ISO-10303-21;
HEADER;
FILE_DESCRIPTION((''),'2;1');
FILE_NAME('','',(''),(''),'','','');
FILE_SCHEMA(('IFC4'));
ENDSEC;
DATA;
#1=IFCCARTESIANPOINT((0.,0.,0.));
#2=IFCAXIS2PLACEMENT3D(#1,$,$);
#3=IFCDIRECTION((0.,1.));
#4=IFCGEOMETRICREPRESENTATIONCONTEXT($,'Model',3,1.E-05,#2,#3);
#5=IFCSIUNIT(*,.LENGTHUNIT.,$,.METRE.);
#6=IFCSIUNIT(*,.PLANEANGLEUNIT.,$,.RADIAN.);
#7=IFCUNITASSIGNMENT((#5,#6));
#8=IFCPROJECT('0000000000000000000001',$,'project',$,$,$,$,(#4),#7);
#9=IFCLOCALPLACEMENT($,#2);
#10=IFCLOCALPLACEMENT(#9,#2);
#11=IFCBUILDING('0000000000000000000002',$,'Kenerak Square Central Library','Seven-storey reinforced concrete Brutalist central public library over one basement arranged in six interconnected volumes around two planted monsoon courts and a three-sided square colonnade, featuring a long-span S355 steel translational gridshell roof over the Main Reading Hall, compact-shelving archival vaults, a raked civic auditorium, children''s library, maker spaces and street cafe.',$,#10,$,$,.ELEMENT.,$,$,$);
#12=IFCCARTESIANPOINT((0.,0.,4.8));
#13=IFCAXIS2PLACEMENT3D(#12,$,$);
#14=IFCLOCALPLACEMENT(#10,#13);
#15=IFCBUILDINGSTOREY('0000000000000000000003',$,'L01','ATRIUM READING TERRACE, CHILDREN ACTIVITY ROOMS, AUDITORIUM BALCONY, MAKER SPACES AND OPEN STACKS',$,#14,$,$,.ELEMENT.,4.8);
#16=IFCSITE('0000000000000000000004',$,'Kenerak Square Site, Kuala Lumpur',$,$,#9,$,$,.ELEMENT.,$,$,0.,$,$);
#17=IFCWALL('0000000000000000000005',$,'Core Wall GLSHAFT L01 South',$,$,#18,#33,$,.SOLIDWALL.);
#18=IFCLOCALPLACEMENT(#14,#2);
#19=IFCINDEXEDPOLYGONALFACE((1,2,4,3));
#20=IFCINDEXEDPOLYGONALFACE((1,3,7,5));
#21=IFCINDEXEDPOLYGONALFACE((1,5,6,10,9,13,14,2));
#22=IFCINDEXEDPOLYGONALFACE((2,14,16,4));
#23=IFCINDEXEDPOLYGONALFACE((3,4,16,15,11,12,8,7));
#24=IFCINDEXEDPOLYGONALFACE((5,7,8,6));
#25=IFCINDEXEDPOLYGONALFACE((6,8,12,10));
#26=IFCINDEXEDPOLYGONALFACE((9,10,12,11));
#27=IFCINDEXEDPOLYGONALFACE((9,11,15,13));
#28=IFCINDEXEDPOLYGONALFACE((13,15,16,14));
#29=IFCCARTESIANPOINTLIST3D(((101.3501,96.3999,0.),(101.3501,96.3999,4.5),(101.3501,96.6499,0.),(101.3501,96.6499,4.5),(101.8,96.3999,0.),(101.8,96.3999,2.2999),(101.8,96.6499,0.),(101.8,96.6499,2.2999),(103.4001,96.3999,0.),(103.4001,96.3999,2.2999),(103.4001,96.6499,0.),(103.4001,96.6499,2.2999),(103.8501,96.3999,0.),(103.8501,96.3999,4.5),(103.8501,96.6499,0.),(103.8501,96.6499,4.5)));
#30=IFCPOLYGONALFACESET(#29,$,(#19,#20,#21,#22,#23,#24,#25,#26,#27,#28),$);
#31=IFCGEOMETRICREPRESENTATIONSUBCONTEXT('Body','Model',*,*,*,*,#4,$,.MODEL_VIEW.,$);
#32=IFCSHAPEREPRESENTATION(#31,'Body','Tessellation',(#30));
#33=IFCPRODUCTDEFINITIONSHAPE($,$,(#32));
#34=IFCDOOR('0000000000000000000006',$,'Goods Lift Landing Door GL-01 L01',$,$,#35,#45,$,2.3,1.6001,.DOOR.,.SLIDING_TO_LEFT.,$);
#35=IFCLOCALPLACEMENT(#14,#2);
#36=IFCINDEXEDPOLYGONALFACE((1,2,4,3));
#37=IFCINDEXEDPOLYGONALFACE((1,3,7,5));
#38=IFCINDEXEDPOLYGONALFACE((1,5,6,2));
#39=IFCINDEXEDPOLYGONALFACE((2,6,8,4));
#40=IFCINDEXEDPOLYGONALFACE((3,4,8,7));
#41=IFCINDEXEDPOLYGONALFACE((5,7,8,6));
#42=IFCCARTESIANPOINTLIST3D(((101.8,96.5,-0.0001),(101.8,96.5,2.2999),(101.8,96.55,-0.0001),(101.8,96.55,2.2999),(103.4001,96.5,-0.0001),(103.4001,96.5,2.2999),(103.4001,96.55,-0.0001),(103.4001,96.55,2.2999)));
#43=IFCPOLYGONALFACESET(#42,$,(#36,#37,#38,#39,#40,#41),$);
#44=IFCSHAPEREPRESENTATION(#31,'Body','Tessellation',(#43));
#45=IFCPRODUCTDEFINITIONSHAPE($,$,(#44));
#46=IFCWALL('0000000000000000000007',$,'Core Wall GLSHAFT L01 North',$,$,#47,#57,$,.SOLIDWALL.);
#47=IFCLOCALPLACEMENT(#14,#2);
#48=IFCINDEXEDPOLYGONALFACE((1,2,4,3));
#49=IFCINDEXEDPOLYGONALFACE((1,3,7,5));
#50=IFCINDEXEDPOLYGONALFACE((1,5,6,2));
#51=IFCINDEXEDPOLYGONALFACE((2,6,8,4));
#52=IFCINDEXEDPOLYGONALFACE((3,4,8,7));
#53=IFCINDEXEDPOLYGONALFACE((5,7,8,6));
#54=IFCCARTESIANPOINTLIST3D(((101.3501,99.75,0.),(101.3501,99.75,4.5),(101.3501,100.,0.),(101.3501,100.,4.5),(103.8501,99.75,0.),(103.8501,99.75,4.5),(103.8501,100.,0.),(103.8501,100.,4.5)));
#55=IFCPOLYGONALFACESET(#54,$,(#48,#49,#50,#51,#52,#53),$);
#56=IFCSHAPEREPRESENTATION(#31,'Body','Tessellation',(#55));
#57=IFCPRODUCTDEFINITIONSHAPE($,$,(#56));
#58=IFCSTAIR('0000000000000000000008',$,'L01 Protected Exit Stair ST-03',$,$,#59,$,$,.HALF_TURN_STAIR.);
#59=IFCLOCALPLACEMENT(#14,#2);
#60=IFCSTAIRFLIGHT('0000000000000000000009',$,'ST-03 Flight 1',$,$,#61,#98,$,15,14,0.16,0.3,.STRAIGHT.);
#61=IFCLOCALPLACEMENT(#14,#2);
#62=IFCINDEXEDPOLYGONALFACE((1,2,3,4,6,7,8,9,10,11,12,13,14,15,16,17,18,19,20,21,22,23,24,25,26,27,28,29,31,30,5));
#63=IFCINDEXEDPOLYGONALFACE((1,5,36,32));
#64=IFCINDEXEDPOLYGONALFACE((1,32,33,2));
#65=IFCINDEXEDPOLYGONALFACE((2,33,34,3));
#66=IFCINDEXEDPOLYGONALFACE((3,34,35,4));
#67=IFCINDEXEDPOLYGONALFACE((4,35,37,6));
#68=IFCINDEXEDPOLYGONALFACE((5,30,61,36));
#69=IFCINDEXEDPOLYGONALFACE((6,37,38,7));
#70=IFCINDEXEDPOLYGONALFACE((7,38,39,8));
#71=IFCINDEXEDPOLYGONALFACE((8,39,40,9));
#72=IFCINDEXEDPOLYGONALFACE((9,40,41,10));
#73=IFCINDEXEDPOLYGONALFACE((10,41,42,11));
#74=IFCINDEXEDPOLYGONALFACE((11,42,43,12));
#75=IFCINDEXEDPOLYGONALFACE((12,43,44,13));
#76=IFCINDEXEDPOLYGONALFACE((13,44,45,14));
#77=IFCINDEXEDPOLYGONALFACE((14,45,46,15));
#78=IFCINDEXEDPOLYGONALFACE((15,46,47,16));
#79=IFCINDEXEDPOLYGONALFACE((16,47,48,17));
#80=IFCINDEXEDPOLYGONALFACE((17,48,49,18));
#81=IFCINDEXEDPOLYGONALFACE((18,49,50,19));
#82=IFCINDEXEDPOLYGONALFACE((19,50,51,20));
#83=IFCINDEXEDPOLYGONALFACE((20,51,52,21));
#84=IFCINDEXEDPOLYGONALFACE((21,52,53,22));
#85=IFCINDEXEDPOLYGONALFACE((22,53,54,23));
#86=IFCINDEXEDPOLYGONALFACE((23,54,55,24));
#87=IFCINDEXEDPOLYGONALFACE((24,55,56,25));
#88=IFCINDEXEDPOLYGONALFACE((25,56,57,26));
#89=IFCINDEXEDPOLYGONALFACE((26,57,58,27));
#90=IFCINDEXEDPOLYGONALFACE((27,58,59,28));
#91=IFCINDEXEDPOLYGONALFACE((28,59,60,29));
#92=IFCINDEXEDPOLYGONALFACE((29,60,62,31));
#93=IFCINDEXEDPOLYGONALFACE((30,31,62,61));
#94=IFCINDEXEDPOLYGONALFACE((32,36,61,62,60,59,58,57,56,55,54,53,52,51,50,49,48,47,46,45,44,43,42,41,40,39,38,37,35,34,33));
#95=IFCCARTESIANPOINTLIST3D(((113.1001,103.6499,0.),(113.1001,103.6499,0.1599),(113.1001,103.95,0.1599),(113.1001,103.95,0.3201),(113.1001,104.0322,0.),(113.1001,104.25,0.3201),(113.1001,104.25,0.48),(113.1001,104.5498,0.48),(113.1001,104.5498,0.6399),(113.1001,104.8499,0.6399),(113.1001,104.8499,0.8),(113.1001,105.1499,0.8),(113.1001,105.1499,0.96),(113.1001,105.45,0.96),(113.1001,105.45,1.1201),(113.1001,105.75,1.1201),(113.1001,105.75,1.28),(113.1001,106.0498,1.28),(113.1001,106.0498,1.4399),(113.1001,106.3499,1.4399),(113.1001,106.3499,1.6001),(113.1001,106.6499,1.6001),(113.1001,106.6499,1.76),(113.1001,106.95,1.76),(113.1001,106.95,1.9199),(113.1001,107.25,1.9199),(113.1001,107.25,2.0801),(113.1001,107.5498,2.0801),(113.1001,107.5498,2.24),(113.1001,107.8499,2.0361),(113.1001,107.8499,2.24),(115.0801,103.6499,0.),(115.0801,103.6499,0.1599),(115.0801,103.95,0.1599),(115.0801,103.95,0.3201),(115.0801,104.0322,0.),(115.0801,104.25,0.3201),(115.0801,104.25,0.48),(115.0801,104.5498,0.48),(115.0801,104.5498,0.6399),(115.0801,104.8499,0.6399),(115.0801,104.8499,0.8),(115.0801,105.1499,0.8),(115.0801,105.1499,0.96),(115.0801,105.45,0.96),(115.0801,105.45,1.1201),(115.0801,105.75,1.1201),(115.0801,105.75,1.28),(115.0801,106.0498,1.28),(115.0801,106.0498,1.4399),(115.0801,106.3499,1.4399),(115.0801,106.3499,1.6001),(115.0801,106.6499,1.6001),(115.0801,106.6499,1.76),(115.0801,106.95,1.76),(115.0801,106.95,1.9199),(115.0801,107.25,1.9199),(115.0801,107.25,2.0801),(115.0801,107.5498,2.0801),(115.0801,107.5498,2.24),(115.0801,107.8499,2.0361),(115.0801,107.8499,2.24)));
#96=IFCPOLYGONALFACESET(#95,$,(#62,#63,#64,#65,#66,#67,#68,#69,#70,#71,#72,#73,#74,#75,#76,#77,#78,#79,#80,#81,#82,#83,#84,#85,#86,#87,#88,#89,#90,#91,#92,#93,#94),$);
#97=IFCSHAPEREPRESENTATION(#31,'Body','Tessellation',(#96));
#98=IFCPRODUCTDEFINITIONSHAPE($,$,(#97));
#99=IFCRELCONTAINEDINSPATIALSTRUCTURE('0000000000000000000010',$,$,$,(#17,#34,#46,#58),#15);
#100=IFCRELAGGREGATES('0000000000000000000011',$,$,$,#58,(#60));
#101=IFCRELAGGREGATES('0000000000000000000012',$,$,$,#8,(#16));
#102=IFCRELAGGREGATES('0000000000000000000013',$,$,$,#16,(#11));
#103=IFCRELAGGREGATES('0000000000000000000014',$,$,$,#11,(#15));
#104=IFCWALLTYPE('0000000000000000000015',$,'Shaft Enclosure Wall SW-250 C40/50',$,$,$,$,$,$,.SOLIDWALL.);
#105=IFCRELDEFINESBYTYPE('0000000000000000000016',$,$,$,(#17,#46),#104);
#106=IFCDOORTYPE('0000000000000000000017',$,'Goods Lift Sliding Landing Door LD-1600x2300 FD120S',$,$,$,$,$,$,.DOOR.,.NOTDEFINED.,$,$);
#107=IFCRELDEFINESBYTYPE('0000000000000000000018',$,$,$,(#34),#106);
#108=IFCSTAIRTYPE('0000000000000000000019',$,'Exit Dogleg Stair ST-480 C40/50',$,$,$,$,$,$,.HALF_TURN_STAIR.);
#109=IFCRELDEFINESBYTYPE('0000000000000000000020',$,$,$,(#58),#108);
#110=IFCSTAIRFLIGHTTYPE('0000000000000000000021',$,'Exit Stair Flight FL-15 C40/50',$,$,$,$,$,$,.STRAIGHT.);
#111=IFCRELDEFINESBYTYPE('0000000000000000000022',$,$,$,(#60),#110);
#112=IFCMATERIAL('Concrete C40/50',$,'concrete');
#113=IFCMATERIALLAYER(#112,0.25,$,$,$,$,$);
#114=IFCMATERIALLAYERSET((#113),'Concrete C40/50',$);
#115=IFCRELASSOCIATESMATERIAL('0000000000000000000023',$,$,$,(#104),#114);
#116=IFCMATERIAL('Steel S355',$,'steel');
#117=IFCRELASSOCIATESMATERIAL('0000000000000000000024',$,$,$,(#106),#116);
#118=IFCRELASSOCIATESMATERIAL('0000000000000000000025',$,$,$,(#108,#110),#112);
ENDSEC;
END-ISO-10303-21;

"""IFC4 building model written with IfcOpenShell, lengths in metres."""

from ifc_helpers import new_model, si_unit, direction, frame, frame_2d, origin, place, context, subcontext, project, spatial, polyline, rectangle, outline, extrude, material, layer, layer_set, type_object, element, fill, aggregate, save


model = new_model("IFC4")

# Units and contexts
model_context = context("Model", 3, precision=1e-05, world=origin(), true_north=direction((0.0, 1.0)))
body_context = subcontext(model_context, "Body", "Model", "MODEL_VIEW")
ifc_project = project(units=[si_unit("LENGTHUNIT", "METRE"), si_unit("PLANEANGLEUNIT", "RADIAN")], contexts=[model_context])

# Site, building, storey
site_placement = place(None, origin())
site = spatial("IfcSite", under=ifc_project, at=site_placement, Name="Kenerak Square Site, Kuala Lumpur", CompositionType="ELEMENT", RefElevation=0.0)
building_placement = place(site_placement, origin())
building = spatial("IfcBuilding", under=site, at=building_placement, Name="Kenerak Square Central Library", Description="Seven-storey reinforced concrete Brutalist central public library over one basement arranged in six interconnected volumes around two planted monsoon courts and a three-sided square colonnade, featuring a long-span S355 steel translational gridshell roof over the Main Reading Hall, compact-shelving archival vaults, a raked civic auditorium, children's library, maker spaces and street cafe.", CompositionType="ELEMENT")
storey_placement = place(building_placement, frame((0.0, 0.0, 4.8)))
storey = spatial("IfcBuildingStorey", under=building, at=storey_placement, Name="L01", Description="ATRIUM READING TERRACE, CHILDREN ACTIVITY ROOMS, AUDITORIUM BALCONY, MAKER SPACES AND OPEN STACKS", CompositionType="ELEMENT", Elevation=4.8)

# Shared definitions
ifc_material_1 = material(Name="Concrete C40/50", Category="concrete")

# Shared definitions
ifc_material_2 = material(Name="Steel S355", Category="steel")

# Shared definitions
ifc_layer_1 = layer(ifc_material_1, 0.25)
ifc_layer_set_1 = layer_set([ifc_layer_1], Name="Concrete C40/50")
wall_type_1 = type_object("IfcWallType", Name="Shaft Enclosure Wall SW-250 C40/50", PredefinedType="SOLIDWALL", material=ifc_layer_set_1)

# Wall, opening, door
wall_1_placement = place(storey_placement, frame((103.8501, 96.5249, 0.0), z_axis=(0.0, 0.0, 1.0), x_axis=(-1.0, 0.0, 0.0)))
wall_1 = element("IfcWall", 1, at=wall_1_placement, inside=storey, type_object=wall_type_1, Name="Core Wall GLSHAFT L01 South", PredefinedType="SOLIDWALL", context=body_context, shape_type="SweptSolid", body=[
    extrude(rectangle(XDim=2.5, YDim=0.25, at=frame_2d((1.25, 0.0))), origin(), (0.0, 0.0, 1.0), 4.5),
])
opening_1_placement = place(wall_1_placement, frame((0.45, 0.0, 0.0)))
opening_1 = element("IfcOpeningElement", 2, at=opening_1_placement, cuts=wall_1, PredefinedType="OPENING", context=body_context, shape_type="SweptSolid", body=[
    extrude(rectangle(XDim=1.6001, YDim=2.3, at=frame_2d((0.8, 1.1499))), frame((0.0, 0.135, 0.0), z_axis=(0.0, -1.0, 0.0), x_axis=(1.0, 0.0, 0.0)), (0.0, 0.0, 1.0), 0.27),
])
door_type_1 = type_object("IfcDoorType", Name="Goods Lift Sliding Landing Door LD-1600x2300 FD120S", OperationType="NOTDEFINED", PredefinedType="DOOR", material=ifc_material_2)
door_1_placement = place(opening_1_placement, origin())
door_1 = element("IfcDoor", 3, at=door_1_placement, inside=storey, type_object=door_type_1, Name="Goods Lift Landing Door GL-01 L01", OperationType="SLIDING_TO_LEFT", OverallHeight=2.3, OverallWidth=1.6001, PredefinedType="DOOR", context=body_context, shape_type="SweptSolid", body=[
    extrude(rectangle(XDim=1.6001, YDim=2.3, at=frame_2d((0.8, 1.1499))), frame((0.0, 0.0249, 0.0), z_axis=(0.0, -1.0, 0.0), x_axis=(1.0, 0.0, 0.0)), (0.0, 0.0, 1.0), 0.05),
])
fill(opening_1, door_1)

# Wall
wall_2_placement = place(storey_placement, frame((101.3501, 99.875, 0.0), z_axis=(0.0, 0.0, 1.0), x_axis=(1.0, 0.0, 0.0)))
element("IfcWall", 4, at=wall_2_placement, inside=storey, type_object=wall_type_1, Name="Core Wall GLSHAFT L01 North", PredefinedType="SOLIDWALL", context=body_context, shape_type="SweptSolid", body=[
    extrude(rectangle(XDim=2.5, YDim=0.25, at=frame_2d((1.25, 0.0))), origin(), (0.0, 0.0, 1.0), 4.5),
])

# Stair, stair flight
stair_type = type_object("IfcStairType", Name="Exit Dogleg Stair ST-480 C40/50", PredefinedType="HALF_TURN_STAIR", material=ifc_material_1)
stair_placement = place(storey_placement, origin())
stair = element("IfcStair", 5, at=stair_placement, inside=storey, type_object=stair_type, Name="L01 Protected Exit Stair ST-03", PredefinedType="HALF_TURN_STAIR")
stair_flight_type = type_object("IfcStairFlightType", Name="Exit Stair Flight FL-15 C40/50", PredefinedType="STRAIGHT", material=ifc_material_1)
stair_flight_placement = place(storey_placement, frame((114.0901, 103.6499, 0.0), z_axis=(0.0, 0.0, 1.0), x_axis=(0.0, 1.0, 0.0)))
stair_flight = element("IfcStairFlight", 6, at=stair_flight_placement, type_object=stair_flight_type, Name="ST-03 Flight 1", NumberOfRisers=15, NumberOfTreads=14, PredefinedType="STRAIGHT", RiserHeight=0.16, TreadLength=0.3, context=body_context, shape_type="SweptSolid", body=[
    extrude(outline(polyline([(0.0, 0.0), (0.0, 0.1599), (0.3, 0.1599), (0.3, 0.3201), (0.6001, 0.3201), (0.6001, 0.48), (0.8999, 0.48), (0.8999, 0.6399), (1.2, 0.6399), (1.2, 0.8), (1.5, 0.8), (1.5, 0.96), (1.8, 0.96), (1.8, 1.1201), (2.1001, 1.1201), (2.1001, 1.28), (2.3999, 1.28), (2.3999, 1.4399), (2.7, 1.4399), (2.7, 1.6001), (3.0, 1.6001), (3.0, 1.76), (3.3, 1.76), (3.3, 1.9199), (3.6001, 1.9199), (3.6001, 2.0801), (3.8999, 2.0801), (3.8999, 2.24), (4.2, 2.24), (4.2, 2.3999), (4.2, 2.0361), (0.3823, 0.0), (0.0, 0.0)])), frame((0.0, 0.99, 0.0), z_axis=(0.0, -1.0, 0.0), x_axis=(1.0, 0.0, 0.0)), (0.0, 0.0, 1.0), 1.98),
])
aggregate(stair, [stair_flight])

save(model, "model.ifc")
